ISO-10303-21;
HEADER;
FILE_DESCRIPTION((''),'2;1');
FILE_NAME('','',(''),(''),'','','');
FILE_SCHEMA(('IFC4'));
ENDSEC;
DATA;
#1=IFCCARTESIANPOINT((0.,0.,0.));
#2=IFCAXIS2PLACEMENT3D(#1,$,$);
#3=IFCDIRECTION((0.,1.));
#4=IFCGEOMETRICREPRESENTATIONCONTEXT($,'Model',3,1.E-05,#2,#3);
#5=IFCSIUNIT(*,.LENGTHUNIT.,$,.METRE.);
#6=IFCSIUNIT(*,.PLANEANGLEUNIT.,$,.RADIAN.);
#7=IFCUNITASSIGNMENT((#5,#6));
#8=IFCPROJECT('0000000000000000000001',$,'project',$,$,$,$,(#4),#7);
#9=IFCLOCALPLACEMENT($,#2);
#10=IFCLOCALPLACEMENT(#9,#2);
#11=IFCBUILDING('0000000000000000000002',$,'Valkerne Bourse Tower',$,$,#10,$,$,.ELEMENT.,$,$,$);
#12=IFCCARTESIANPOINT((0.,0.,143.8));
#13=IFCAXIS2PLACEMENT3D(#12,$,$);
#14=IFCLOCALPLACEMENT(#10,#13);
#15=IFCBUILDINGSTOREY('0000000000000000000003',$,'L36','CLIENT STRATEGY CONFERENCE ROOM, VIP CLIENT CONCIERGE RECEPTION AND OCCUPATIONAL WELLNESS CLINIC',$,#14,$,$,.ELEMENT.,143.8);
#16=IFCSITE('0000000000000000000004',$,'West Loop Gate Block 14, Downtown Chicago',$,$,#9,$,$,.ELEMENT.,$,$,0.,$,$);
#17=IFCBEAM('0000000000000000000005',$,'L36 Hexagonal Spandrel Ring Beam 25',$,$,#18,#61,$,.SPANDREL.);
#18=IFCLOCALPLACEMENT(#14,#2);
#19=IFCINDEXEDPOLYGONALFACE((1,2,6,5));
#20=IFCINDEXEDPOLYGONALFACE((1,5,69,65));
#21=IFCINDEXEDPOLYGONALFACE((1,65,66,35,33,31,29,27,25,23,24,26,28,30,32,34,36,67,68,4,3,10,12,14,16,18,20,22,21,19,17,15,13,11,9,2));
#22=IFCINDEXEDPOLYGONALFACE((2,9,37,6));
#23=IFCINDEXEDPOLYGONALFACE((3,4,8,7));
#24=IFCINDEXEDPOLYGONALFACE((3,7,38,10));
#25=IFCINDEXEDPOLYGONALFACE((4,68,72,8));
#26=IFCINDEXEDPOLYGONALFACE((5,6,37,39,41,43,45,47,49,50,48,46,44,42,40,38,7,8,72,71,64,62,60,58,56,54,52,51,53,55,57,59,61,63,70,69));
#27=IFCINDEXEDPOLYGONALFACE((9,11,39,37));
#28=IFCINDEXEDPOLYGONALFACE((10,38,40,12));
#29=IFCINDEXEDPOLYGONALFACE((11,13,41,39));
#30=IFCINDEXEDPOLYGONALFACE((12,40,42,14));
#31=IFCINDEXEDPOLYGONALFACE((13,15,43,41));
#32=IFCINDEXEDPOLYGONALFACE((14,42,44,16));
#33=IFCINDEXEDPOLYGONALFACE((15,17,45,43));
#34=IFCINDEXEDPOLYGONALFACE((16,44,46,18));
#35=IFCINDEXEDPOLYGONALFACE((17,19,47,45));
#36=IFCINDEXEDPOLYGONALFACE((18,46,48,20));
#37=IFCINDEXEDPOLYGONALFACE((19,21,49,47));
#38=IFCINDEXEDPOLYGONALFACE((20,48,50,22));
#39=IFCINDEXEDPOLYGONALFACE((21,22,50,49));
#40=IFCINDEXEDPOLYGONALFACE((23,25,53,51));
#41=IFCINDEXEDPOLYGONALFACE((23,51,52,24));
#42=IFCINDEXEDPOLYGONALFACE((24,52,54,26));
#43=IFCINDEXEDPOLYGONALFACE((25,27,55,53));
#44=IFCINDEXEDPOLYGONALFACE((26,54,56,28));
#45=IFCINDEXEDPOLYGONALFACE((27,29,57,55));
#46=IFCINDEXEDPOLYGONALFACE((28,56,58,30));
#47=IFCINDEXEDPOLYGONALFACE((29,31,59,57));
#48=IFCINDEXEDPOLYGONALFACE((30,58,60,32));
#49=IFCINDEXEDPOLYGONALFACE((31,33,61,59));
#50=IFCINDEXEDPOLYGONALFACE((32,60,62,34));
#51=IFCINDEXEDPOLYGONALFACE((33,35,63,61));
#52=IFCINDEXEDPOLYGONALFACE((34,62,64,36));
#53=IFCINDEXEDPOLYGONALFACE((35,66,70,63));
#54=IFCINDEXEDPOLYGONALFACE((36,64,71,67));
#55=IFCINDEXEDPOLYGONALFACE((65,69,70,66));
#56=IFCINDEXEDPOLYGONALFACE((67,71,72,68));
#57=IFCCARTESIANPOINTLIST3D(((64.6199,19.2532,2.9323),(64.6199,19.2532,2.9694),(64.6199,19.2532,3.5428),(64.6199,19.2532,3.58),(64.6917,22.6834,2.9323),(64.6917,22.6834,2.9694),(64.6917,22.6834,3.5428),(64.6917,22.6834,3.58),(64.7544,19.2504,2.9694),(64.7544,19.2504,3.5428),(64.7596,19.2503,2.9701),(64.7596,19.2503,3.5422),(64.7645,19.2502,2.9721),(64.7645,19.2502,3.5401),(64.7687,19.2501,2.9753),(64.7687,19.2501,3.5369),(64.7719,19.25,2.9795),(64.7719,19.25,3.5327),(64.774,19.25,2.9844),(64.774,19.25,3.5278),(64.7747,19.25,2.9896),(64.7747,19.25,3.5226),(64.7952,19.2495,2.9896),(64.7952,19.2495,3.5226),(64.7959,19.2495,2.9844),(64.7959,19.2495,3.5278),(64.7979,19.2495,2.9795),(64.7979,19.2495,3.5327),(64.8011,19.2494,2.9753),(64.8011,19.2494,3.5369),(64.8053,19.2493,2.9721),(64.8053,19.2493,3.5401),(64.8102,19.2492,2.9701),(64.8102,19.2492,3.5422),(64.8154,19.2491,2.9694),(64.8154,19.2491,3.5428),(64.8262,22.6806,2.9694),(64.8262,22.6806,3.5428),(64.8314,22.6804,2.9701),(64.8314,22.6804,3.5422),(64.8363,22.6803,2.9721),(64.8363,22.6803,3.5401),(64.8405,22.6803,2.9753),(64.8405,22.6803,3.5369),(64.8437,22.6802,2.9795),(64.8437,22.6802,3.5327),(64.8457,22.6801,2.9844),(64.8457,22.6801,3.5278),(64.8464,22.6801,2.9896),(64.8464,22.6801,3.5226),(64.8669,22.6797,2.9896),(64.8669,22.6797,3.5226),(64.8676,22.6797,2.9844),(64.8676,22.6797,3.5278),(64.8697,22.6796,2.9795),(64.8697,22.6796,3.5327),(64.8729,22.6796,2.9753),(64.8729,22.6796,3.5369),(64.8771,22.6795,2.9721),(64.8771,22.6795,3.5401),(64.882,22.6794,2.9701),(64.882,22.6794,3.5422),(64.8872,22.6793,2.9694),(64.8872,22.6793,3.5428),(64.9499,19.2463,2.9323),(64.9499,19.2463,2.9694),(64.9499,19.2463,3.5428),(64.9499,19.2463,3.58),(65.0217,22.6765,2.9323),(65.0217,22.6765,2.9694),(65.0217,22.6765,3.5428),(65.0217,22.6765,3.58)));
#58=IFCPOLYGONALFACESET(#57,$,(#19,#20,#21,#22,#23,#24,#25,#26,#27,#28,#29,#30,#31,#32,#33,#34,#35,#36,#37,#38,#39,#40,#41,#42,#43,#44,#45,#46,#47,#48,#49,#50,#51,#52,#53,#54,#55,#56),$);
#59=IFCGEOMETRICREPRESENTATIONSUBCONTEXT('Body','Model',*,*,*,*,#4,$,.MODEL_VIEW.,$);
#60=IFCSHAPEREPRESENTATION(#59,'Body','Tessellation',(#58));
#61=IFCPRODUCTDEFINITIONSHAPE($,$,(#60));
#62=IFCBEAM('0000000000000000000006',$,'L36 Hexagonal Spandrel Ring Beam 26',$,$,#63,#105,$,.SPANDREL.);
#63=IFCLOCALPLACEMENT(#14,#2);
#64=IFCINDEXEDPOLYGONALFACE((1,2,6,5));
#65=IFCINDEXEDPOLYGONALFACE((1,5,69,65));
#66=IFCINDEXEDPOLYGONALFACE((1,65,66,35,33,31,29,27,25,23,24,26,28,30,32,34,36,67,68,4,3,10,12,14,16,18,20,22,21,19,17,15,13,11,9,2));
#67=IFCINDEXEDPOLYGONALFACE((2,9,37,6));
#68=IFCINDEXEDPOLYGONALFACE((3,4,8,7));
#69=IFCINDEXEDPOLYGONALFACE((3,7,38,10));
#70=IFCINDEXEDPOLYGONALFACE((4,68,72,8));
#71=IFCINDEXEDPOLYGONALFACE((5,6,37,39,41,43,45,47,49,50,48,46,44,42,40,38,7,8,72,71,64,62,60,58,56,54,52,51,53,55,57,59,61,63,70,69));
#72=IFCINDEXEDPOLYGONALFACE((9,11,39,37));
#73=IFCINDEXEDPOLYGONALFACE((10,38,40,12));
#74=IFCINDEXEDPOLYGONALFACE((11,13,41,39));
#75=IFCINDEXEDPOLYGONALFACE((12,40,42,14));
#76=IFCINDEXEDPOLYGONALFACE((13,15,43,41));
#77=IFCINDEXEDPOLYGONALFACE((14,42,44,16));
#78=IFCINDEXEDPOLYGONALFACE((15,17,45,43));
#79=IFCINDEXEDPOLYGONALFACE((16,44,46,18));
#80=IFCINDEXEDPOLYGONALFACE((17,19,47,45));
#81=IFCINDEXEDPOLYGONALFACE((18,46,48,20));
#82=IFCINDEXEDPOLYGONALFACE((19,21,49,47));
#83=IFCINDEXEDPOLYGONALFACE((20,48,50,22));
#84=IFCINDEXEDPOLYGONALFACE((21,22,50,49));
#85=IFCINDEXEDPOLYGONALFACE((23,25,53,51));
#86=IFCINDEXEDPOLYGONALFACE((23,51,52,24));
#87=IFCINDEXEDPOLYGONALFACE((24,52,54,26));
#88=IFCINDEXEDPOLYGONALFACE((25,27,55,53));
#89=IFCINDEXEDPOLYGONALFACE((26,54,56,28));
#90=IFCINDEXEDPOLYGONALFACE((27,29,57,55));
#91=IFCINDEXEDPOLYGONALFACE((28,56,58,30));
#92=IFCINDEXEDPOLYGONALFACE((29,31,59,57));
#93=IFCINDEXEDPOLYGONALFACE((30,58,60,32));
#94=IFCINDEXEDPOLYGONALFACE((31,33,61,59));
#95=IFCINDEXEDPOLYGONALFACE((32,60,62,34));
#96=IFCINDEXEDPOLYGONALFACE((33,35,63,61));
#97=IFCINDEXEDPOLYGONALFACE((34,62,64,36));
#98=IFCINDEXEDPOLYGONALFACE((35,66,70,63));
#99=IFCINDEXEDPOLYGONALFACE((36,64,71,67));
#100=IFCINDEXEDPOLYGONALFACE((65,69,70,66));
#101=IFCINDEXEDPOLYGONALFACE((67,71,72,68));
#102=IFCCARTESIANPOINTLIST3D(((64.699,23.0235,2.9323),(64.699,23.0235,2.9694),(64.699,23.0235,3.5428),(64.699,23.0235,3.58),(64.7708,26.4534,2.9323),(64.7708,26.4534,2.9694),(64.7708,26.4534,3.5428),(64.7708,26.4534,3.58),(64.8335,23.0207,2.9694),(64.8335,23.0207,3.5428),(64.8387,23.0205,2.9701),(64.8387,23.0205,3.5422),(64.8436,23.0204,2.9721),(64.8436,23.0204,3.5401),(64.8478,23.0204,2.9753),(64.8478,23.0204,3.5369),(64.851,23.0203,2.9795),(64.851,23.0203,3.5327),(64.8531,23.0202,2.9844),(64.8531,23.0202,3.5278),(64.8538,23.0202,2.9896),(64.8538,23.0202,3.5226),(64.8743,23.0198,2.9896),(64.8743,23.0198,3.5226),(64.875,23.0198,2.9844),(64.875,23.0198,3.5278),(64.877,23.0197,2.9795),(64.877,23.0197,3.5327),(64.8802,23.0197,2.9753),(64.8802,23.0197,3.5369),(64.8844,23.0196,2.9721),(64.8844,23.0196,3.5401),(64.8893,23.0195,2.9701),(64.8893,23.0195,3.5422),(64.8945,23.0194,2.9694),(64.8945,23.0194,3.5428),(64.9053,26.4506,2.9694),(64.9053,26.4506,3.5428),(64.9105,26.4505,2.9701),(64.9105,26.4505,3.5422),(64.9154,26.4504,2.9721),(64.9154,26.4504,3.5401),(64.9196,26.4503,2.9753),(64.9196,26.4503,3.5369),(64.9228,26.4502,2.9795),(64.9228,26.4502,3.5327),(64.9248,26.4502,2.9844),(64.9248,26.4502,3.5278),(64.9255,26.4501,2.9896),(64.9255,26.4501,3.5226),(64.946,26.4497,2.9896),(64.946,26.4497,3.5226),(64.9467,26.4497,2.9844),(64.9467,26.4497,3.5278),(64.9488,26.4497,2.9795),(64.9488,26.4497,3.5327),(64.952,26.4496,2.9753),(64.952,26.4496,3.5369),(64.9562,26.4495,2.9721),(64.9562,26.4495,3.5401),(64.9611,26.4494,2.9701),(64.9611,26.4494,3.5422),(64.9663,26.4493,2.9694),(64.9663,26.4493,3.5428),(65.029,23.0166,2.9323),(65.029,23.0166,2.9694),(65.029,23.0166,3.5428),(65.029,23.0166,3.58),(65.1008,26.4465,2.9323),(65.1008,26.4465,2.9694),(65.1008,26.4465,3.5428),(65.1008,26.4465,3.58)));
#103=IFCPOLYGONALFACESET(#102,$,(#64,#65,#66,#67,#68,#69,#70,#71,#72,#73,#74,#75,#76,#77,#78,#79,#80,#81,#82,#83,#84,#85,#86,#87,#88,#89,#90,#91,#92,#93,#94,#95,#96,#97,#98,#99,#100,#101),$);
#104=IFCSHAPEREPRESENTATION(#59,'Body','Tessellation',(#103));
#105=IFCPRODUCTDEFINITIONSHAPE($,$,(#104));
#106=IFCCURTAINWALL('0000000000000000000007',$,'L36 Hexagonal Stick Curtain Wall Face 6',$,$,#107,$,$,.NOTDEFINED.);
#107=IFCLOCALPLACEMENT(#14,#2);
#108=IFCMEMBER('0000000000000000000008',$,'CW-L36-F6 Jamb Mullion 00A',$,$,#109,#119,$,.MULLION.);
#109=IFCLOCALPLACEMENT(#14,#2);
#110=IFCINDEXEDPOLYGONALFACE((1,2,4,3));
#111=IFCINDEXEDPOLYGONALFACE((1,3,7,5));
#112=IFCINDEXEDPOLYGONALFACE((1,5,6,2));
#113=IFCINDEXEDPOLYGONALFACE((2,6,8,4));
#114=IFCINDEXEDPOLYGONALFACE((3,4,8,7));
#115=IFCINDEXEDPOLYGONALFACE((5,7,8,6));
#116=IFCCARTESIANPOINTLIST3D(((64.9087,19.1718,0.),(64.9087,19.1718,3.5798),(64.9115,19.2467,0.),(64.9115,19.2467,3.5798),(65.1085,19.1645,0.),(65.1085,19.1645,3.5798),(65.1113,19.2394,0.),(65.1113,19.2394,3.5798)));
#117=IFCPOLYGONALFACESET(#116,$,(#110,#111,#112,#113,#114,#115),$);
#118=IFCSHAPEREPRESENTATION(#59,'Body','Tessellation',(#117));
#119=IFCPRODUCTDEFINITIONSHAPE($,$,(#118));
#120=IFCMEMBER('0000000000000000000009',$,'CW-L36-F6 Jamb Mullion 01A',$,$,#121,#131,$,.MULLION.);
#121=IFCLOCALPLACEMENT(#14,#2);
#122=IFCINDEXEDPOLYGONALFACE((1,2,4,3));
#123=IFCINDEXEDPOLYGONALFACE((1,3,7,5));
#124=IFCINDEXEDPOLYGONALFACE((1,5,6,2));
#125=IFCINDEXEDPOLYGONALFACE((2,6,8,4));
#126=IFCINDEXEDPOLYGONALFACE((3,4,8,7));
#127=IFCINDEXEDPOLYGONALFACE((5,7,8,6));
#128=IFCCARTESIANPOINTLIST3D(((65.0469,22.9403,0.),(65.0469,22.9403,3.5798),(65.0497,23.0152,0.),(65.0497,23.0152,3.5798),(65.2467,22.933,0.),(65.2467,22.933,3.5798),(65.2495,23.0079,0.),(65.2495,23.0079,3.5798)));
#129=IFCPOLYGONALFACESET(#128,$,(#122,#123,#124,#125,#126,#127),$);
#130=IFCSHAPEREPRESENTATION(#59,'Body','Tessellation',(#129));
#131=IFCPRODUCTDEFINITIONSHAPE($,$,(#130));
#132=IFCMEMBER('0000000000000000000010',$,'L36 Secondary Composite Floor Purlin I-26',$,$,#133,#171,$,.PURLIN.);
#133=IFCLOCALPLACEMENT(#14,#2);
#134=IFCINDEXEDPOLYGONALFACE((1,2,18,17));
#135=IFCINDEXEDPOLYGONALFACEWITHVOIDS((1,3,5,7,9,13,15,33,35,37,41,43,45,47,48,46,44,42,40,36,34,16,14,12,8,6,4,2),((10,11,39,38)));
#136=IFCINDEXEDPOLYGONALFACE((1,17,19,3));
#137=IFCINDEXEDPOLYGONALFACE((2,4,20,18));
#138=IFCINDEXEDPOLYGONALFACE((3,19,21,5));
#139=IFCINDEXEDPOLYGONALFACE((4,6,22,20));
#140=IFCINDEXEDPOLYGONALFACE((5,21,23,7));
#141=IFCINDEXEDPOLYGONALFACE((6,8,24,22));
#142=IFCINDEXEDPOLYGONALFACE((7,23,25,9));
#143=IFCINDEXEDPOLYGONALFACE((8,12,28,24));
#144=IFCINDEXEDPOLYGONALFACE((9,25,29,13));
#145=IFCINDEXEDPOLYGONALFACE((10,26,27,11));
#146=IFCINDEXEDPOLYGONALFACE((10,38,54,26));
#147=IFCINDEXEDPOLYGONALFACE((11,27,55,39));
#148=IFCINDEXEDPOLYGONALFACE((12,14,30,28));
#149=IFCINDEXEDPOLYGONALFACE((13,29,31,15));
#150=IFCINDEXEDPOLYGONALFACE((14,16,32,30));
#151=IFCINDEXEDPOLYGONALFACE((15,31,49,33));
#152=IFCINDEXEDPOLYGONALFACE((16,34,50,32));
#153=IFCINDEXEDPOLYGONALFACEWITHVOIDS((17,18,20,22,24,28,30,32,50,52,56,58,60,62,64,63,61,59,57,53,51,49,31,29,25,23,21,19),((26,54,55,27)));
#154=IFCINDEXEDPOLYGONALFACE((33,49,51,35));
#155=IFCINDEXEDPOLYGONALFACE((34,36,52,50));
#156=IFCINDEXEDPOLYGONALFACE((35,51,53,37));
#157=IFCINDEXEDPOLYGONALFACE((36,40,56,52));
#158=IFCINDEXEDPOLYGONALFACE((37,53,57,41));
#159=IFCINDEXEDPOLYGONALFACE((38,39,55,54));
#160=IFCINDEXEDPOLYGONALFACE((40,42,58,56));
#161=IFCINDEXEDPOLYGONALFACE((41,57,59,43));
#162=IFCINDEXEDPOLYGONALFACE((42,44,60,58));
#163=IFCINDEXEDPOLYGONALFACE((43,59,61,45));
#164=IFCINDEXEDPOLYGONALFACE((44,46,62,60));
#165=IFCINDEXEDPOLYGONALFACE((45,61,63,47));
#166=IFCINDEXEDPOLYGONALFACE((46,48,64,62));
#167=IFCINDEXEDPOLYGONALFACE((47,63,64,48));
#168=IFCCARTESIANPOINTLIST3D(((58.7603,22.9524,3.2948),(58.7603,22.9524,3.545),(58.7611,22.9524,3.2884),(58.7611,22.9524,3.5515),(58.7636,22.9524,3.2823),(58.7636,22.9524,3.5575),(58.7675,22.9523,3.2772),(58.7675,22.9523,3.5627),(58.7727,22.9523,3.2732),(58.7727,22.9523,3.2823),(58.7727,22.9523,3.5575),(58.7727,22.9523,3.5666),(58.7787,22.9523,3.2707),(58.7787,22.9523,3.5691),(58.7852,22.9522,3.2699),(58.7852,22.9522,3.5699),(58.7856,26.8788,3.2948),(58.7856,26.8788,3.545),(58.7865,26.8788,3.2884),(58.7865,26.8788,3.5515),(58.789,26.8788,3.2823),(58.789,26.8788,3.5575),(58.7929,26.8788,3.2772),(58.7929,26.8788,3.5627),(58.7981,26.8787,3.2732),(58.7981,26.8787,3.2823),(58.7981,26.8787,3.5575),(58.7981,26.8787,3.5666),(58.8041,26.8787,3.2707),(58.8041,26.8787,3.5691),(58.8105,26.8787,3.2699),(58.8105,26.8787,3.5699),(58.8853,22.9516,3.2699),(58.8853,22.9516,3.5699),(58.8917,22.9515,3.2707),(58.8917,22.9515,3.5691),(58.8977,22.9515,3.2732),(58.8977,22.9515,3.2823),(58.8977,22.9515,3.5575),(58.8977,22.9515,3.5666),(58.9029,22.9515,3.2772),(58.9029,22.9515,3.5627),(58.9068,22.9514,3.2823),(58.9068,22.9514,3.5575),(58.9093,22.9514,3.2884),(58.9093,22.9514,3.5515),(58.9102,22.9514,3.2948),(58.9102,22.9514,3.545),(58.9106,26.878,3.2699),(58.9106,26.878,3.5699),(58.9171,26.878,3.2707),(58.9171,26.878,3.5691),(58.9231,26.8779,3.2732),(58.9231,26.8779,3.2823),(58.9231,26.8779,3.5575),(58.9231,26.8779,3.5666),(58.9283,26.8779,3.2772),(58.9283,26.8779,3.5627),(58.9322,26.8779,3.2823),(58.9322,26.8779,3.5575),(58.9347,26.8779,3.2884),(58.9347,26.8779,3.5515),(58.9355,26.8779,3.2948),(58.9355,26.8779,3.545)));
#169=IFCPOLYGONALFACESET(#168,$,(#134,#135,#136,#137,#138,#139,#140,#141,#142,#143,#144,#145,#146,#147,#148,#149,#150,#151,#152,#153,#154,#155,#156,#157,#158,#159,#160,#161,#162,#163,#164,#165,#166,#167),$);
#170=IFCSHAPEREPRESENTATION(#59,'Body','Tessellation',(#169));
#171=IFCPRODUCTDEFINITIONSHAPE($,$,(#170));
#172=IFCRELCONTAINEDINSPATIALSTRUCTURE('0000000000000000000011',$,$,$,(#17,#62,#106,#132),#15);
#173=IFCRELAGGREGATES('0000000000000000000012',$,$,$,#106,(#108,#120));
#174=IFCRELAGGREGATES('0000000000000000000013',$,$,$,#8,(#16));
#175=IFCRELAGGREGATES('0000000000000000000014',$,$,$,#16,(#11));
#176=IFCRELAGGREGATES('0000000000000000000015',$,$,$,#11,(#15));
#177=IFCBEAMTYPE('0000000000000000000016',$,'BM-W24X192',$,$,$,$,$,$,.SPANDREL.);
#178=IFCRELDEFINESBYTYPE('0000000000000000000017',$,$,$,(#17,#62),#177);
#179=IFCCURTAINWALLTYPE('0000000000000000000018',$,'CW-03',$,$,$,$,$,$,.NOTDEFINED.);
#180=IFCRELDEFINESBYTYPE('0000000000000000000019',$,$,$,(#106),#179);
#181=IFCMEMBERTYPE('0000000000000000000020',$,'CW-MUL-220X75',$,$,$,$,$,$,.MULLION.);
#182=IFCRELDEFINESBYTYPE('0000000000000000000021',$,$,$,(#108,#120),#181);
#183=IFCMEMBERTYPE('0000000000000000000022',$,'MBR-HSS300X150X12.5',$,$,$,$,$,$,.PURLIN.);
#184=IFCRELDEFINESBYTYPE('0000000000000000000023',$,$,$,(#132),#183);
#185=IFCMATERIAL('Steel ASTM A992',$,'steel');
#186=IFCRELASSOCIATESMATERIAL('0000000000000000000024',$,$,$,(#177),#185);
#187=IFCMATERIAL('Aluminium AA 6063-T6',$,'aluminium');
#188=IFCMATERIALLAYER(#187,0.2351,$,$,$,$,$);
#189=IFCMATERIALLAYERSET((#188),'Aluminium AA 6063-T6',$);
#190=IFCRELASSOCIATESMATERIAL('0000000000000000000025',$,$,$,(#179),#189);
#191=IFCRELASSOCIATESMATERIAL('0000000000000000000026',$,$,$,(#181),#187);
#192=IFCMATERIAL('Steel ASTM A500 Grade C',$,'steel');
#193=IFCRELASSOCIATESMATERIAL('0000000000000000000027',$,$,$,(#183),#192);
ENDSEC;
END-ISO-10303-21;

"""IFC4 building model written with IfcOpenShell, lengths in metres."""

from ifc_helpers import new_model, si_unit, direction, frame, origin, origin_2d, place, context, subcontext, project, spatial, rectangle, hollow_rectangle, i_section, extrude, material, layer, layer_set, material_profile, profile_set, type_object, element, aggregate, save


model = new_model("IFC4")

# Units and contexts
model_context = context("Model", 3, precision=1e-05, world=origin(), true_north=direction((0.0, 1.0)))
body_context = subcontext(model_context, "Body", "Model", "MODEL_VIEW")
ifc_project = project(units=[si_unit("LENGTHUNIT", "METRE"), si_unit("PLANEANGLEUNIT", "RADIAN")], contexts=[model_context])

# Site, building, storey
site_placement = place(None, origin())
site = spatial("IfcSite", under=ifc_project, at=site_placement, Name="West Loop Gate Block 14, Downtown Chicago", CompositionType="ELEMENT", RefElevation=0.0)
building_placement = place(site_placement, origin())
building = spatial("IfcBuilding", under=site, at=building_placement, Name="Valkerne Bourse Tower", CompositionType="ELEMENT")
storey_placement = place(building_placement, frame((0.0, 0.0, 143.8)))
storey = spatial("IfcBuildingStorey", under=building, at=storey_placement, Name="L36", Description="CLIENT STRATEGY CONFERENCE ROOM, VIP CLIENT CONCIERGE RECEPTION AND OCCUPATIONAL WELLNESS CLINIC", CompositionType="ELEMENT", Elevation=143.8)

# Beams
ifc_material_1 = material(Name="Steel ASTM A992", Category="steel")
ifc_material_profile_1 = material_profile(ifc_material_1, i_section(OverallWidth=0.3301, OverallDepth=0.6477, WebThickness=0.0205, FlangeThickness=0.0371, FilletRadius=0.0203, at=origin_2d()), Name="W24X192")
ifc_profile_set_1 = profile_set([ifc_material_profile_1], Name="Steel ASTM A992")
beam_type_1 = type_object("IfcBeamType", Name="BM-W24X192", PredefinedType="SPANDREL", material=ifc_profile_set_1)
beam_1_placement = place(storey_placement, frame((64.7849, 19.2498, 3.2561), z_axis=(0.020921, 0.999781, 0.0), x_axis=(-0.999781, 0.020921, 0.0)))
element("IfcBeam", 1, at=beam_1_placement, inside=storey, type_object=beam_type_1, Name="L36 Hexagonal Spandrel Ring Beam 25", PredefinedType="SPANDREL", context=body_context, shape_type="SweptSolid", body=[
    extrude(i_section(OverallWidth=0.3301, OverallDepth=0.6477, WebThickness=0.0205, FlangeThickness=0.0371, FilletRadius=0.0203, at=origin_2d()), origin(), (0.0, 0.0, 1.0), 3.4309),
])
beam_2_placement = place(storey_placement, frame((64.864, 23.02, 3.2561), z_axis=(0.020922, 0.999781, 0.0), x_axis=(-0.999781, 0.020922, 0.0)))
element("IfcBeam", 2, at=beam_2_placement, inside=storey, type_object=beam_type_1, Name="L36 Hexagonal Spandrel Ring Beam 26", PredefinedType="SPANDREL", context=body_context, shape_type="SweptSolid", body=[
    extrude(i_section(OverallWidth=0.3301, OverallDepth=0.6477, WebThickness=0.0205, FlangeThickness=0.0371, FilletRadius=0.0203, at=origin_2d()), origin(), (0.0, 0.0, 1.0), 3.4307),
])

# Curtain wall, members
ifc_material_2 = material(Name="Aluminium AA 6063-T6", Category="aluminium")
ifc_layer_1 = layer(ifc_material_2, 0.2351)
ifc_layer_set_1 = layer_set([ifc_layer_1], Name="Aluminium AA 6063-T6")
curtain_wall_type = type_object("IfcCurtainWallType", Name="CW-03", PredefinedType="NOTDEFINED", material=ifc_layer_set_1)
curtain_wall_placement = place(storey_placement, origin())
curtain_wall = element("IfcCurtainWall", 3, at=curtain_wall_placement, inside=storey, type_object=curtain_wall_type, Name="L36 Hexagonal Stick Curtain Wall Face 6", PredefinedType="NOTDEFINED")
ifc_material_profile_2 = material_profile(ifc_material_2, rectangle(XDim=0.075, YDim=0.2, at=origin_2d()), Name="CWM-75X200")
ifc_profile_set_2 = profile_set([ifc_material_profile_2], Name="Aluminium AA 6063-T6")
member_type_1 = type_object("IfcMemberType", Name="CW-MUL-220X75", PredefinedType="MULLION", material=ifc_profile_set_2)
member_1_placement = place(storey_placement, frame((65.01, 19.2056, 0.0), z_axis=(0.0, 0.0, 1.0), x_axis=(0.036648, 0.999328, 0.0)))
member_1 = element("IfcMember", 4, at=member_1_placement, type_object=member_type_1, Name="CW-L36-F6 Jamb Mullion 00A", PredefinedType="MULLION", context=body_context, shape_type="SweptSolid", body=[
    extrude(rectangle(XDim=0.075, YDim=0.2, at=origin_2d()), origin(), (0.0, 0.0, 1.0), 3.5798),
])
member_2_placement = place(storey_placement, frame((65.1482, 22.9741, 0.0), z_axis=(0.0, 0.0, 1.0), x_axis=(0.036621, 0.999329, 0.0)))
member_2 = element("IfcMember", 5, at=member_2_placement, type_object=member_type_1, Name="CW-L36-F6 Jamb Mullion 01A", PredefinedType="MULLION", context=body_context, shape_type="SweptSolid", body=[
    extrude(rectangle(XDim=0.075, YDim=0.2, at=origin_2d()), origin(), (0.0, 0.0, 1.0), 3.5798),
])

# Member
ifc_material_3 = material(Name="Steel ASTM A500 Grade C", Category="steel")
ifc_material_profile_3 = material_profile(ifc_material_3, hollow_rectangle(XDim=0.1499, YDim=0.3, WallThickness=0.0125, OuterFilletRadius=0.0249, at=origin_2d()), Name="HSS300X150X12.5")
ifc_profile_set_3 = profile_set([ifc_material_profile_3], Name="Steel ASTM A500 Grade C")
member_type_2 = type_object("IfcMemberType", Name="MBR-HSS300X150X12.5", PredefinedType="PURLIN", material=ifc_profile_set_3)
member_3_placement = place(storey_placement, frame((58.8352, 22.9519, 3.4199), z_axis=(0.006466, 0.999979, 0.0), x_axis=(-0.999979, 0.006466, 0.0)))
element("IfcMember", 6, at=member_3_placement, inside=storey, type_object=member_type_2, Name="L36 Secondary Composite Floor Purlin I-26", PredefinedType="PURLIN", context=body_context, shape_type="SweptSolid", body=[
    extrude(hollow_rectangle(XDim=0.1499, YDim=0.3, WallThickness=0.0125, OuterFilletRadius=0.0249, at=origin_2d()), origin(), (0.0, 0.0, 1.0), 3.9265),
])

aggregate(curtain_wall, [member_1, member_2])

save(model, "model.ifc")
